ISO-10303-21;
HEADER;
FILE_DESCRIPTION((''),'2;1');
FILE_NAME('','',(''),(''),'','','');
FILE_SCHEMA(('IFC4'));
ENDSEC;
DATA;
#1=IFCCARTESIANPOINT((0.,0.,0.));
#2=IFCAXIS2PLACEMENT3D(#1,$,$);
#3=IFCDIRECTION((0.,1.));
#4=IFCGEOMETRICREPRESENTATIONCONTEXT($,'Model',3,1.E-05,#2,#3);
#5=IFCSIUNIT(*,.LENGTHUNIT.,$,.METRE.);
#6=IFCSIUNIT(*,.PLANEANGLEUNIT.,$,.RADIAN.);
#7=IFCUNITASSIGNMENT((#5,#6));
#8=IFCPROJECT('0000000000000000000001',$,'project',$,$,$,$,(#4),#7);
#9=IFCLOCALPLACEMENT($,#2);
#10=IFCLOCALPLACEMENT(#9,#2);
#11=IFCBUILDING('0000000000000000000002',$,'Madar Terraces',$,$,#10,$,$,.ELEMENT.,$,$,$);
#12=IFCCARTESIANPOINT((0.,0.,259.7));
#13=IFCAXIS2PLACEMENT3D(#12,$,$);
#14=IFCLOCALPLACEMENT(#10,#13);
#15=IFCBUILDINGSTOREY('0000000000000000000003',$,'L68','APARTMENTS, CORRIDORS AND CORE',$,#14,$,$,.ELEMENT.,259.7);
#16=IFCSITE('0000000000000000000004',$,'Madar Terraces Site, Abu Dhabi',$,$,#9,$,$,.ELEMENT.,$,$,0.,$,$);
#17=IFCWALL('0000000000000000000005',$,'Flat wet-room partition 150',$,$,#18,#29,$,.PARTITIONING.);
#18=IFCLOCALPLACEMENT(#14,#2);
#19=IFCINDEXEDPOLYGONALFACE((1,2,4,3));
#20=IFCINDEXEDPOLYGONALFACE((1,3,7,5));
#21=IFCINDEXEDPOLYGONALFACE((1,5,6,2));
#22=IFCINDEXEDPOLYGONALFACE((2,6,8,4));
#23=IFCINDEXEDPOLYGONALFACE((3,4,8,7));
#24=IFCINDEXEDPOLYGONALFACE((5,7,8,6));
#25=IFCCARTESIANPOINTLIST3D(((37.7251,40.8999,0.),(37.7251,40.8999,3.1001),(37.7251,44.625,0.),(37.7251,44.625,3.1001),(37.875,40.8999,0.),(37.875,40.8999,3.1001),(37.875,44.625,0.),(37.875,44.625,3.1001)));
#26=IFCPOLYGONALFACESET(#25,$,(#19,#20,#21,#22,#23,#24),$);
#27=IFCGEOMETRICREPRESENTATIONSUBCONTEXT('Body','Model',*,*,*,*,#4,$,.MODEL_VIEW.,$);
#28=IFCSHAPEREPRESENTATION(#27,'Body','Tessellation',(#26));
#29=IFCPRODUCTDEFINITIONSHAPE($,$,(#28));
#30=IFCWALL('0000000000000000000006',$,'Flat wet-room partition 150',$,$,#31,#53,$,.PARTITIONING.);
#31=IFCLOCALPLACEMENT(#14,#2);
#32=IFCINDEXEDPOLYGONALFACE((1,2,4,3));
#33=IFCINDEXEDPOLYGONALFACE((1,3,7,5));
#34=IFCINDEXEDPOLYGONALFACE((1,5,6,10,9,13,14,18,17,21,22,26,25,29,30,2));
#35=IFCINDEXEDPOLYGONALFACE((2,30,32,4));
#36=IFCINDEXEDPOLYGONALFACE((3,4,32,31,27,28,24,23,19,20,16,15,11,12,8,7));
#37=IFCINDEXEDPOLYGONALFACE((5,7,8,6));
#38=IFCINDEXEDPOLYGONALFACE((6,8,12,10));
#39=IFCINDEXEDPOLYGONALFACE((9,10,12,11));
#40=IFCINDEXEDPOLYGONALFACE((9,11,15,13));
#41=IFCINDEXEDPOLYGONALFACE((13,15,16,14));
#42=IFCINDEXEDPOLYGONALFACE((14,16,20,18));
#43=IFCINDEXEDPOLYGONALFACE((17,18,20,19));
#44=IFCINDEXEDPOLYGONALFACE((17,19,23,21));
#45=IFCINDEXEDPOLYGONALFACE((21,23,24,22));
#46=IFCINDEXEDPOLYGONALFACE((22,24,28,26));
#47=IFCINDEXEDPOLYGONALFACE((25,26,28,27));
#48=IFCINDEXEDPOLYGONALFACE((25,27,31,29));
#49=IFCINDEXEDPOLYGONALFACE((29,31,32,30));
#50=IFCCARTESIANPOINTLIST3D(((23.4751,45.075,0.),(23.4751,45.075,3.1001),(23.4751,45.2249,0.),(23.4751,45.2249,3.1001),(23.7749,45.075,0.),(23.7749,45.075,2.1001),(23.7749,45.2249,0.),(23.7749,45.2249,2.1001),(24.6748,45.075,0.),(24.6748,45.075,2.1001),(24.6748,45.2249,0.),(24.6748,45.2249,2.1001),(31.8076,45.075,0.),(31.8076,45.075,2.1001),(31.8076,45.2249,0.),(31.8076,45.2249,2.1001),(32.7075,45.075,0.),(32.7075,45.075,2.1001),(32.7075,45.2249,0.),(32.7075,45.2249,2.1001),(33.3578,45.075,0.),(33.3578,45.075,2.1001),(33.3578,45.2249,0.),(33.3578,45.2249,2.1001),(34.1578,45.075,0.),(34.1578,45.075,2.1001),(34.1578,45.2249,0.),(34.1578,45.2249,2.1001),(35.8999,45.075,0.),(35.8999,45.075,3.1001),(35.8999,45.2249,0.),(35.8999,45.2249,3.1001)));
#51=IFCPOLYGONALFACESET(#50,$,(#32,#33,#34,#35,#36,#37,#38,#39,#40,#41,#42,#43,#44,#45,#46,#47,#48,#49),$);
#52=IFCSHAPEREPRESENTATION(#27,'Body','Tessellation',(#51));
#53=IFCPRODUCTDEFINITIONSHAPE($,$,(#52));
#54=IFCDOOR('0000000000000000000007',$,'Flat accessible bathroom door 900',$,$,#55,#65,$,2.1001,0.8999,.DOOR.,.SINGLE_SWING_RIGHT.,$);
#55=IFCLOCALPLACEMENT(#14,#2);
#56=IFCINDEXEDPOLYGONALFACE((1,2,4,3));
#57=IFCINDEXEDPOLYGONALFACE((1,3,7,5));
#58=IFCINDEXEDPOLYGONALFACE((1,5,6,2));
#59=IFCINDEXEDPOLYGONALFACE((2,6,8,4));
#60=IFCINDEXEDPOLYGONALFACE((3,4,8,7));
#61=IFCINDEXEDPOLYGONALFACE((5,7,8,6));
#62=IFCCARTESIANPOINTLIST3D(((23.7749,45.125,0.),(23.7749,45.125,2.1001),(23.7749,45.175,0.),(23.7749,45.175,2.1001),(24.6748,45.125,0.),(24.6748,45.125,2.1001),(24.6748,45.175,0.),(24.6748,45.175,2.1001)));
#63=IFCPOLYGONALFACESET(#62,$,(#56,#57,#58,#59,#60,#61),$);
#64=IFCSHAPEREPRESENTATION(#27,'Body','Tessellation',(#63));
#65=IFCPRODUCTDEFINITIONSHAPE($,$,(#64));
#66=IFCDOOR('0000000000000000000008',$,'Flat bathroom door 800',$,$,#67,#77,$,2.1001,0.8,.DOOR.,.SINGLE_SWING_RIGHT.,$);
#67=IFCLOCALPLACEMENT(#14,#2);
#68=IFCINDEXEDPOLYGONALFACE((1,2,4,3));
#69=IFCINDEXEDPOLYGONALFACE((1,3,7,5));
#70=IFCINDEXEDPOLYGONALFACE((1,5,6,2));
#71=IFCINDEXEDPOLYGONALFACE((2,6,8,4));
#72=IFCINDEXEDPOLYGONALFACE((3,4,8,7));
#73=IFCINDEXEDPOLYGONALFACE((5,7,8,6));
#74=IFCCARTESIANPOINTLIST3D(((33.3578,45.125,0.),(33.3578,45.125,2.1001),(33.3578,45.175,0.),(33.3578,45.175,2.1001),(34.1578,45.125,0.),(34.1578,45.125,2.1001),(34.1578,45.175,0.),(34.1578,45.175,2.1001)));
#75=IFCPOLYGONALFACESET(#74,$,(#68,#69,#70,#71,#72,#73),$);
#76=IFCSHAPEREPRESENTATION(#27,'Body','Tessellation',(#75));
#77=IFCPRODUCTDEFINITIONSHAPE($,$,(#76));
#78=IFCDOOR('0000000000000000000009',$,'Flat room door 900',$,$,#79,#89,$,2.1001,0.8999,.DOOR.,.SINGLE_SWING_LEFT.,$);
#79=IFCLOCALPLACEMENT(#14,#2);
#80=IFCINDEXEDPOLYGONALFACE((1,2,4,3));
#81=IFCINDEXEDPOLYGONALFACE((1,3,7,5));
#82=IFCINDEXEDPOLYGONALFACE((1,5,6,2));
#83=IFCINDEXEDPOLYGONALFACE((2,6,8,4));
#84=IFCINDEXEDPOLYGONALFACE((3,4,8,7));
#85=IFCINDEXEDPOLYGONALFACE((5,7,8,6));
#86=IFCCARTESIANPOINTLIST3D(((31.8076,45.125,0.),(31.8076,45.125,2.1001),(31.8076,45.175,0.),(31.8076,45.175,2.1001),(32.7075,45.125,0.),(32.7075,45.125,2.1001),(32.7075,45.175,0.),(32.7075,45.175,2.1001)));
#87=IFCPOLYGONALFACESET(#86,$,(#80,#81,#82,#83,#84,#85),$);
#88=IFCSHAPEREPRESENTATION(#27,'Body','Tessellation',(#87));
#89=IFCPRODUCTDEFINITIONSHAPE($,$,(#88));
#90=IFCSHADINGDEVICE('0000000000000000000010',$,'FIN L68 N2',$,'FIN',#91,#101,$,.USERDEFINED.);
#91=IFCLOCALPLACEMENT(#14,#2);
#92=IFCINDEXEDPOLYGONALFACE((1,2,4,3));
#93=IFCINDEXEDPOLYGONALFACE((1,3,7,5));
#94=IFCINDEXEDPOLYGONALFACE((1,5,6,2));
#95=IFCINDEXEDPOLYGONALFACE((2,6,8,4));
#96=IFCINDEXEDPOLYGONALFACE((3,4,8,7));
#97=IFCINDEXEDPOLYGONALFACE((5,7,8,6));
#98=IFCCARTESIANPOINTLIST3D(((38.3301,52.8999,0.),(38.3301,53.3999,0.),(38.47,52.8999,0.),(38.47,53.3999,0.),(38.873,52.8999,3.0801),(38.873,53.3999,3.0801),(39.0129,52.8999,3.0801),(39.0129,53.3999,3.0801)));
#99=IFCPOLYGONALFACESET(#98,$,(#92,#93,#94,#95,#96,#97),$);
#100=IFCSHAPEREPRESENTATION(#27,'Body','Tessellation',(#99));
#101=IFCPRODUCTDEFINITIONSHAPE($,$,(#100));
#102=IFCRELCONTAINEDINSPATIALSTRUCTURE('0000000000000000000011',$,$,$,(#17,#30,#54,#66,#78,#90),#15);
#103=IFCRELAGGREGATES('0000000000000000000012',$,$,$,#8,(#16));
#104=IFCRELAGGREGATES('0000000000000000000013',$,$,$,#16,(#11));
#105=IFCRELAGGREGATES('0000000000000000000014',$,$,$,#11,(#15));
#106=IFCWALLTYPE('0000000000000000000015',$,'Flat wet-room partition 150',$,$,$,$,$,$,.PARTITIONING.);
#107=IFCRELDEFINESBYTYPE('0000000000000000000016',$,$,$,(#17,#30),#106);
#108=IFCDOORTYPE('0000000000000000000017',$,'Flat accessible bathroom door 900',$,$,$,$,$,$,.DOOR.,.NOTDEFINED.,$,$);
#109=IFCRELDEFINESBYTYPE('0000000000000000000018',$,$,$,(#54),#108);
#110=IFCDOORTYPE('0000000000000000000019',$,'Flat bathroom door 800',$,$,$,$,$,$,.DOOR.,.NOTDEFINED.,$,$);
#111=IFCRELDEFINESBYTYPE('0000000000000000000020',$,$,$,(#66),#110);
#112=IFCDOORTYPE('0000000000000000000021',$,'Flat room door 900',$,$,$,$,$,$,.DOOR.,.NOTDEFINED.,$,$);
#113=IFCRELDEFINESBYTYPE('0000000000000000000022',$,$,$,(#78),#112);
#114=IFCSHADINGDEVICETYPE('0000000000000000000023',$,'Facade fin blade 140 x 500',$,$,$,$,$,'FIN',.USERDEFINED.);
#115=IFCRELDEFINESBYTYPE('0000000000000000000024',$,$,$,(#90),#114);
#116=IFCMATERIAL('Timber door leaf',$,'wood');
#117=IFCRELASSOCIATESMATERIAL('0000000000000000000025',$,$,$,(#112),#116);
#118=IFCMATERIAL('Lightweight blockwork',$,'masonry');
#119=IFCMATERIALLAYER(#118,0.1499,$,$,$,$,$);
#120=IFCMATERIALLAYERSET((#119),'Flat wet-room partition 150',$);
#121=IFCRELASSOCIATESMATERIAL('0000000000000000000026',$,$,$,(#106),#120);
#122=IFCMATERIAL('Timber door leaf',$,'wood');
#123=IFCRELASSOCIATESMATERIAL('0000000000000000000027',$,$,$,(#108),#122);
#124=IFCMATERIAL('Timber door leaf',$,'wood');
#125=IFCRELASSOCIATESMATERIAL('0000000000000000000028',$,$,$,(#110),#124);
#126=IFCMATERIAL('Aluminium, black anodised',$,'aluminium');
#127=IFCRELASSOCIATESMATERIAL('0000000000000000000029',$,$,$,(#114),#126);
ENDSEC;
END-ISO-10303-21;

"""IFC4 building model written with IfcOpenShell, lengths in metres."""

from ifc_helpers import new_model, si_unit, direction, frame, frame_2d, origin, place, context, subcontext, project, spatial, polyline, rectangle, outline, extrude, material, layer, layer_set, type_object, element, fill, save


model = new_model("IFC4")

# Units and contexts
model_context = context("Model", 3, precision=1e-05, world=origin(), true_north=direction((0.0, 1.0)))
body_context = subcontext(model_context, "Body", "Model", "MODEL_VIEW")
ifc_project = project(units=[si_unit("LENGTHUNIT", "METRE"), si_unit("PLANEANGLEUNIT", "RADIAN")], contexts=[model_context])

# Site, building, storey
site_placement = place(None, origin())
site = spatial("IfcSite", under=ifc_project, at=site_placement, Name="Madar Terraces Site, Abu Dhabi", CompositionType="ELEMENT", RefElevation=0.0)
building_placement = place(site_placement, origin())
building = spatial("IfcBuilding", under=site, at=building_placement, Name="Madar Terraces", CompositionType="ELEMENT")
storey_placement = place(building_placement, frame((0.0, 0.0, 259.7)))
storey = spatial("IfcBuildingStorey", under=building, at=storey_placement, Name="L68", Description="APARTMENTS, CORRIDORS AND CORE", CompositionType="ELEMENT", Elevation=259.7)

# Shared definitions
ifc_material_1 = material(Name="Timber door leaf", Category="wood")
door_type_1 = type_object("IfcDoorType", Name="Flat room door 900", OperationType="NOTDEFINED", PredefinedType="DOOR", material=ifc_material_1)

# Wall
ifc_material_2 = material(Name="Lightweight blockwork", Category="masonry")
ifc_layer_1 = layer(ifc_material_2, 0.1499)
ifc_layer_set_1 = layer_set([ifc_layer_1], Name="Flat wet-room partition 150")
wall_type_1 = type_object("IfcWallType", Name="Flat wet-room partition 150", PredefinedType="PARTITIONING", material=ifc_layer_set_1)
wall_1_placement = place(storey_placement, frame((37.8, 40.8999, 0.0), z_axis=(0.0, 0.0, 1.0), x_axis=(0.0, 1.0, 0.0)))
element("IfcWall", 1, at=wall_1_placement, inside=storey, type_object=wall_type_1, Name="Flat wet-room partition 150", PredefinedType="PARTITIONING", context=body_context, shape_type="SweptSolid", body=[
    extrude(rectangle(XDim=3.7251, YDim=0.1499, at=frame_2d((1.8625, 0.0))), origin(), (0.0, 0.0, 1.0), 3.1001),
])

# Wall, openings, doors
wall_2_placement = place(storey_placement, frame((35.8999, 45.1499, 0.0), z_axis=(0.0, 0.0, 1.0), x_axis=(-1.0, 0.0, 0.0)))
wall_2 = element("IfcWall", 2, at=wall_2_placement, inside=storey, type_object=wall_type_1, Name="Flat wet-room partition 150", PredefinedType="PARTITIONING", context=body_context, shape_type="SweptSolid", body=[
    extrude(rectangle(XDim=12.4248, YDim=0.1499, at=frame_2d((6.2124, 0.0))), origin(), (0.0, 0.0, 1.0), 3.1001),
])
opening_1_placement = place(wall_2_placement, frame((11.2251, 0.0, 0.0)))
opening_1 = element("IfcOpeningElement", 3, at=opening_1_placement, cuts=wall_2, PredefinedType="OPENING", context=body_context, shape_type="SweptSolid", body=[
    extrude(rectangle(XDim=0.8999, YDim=2.1001, at=frame_2d((0.45, 1.05))), frame((0.0, 0.085, 0.0), z_axis=(0.0, -1.0, 0.0), x_axis=(1.0, 0.0, 0.0)), (0.0, 0.0, 1.0), 0.1699),
])
opening_2_placement = place(wall_2_placement, frame((3.1924, 0.0, 0.0)))
opening_2 = element("IfcOpeningElement", 4, at=opening_2_placement, cuts=wall_2, PredefinedType="OPENING", context=body_context, shape_type="SweptSolid", body=[
    extrude(rectangle(XDim=0.8999, YDim=2.1001, at=frame_2d((0.45, 1.05))), frame((0.0, 0.085, 0.0), z_axis=(0.0, -1.0, 0.0), x_axis=(1.0, 0.0, 0.0)), (0.0, 0.0, 1.0), 0.1699),
])
opening_3_placement = place(wall_2_placement, frame((1.7422, 0.0, 0.0)))
opening_3 = element("IfcOpeningElement", 5, at=opening_3_placement, cuts=wall_2, PredefinedType="OPENING", context=body_context, shape_type="SweptSolid", body=[
    extrude(rectangle(XDim=0.8, YDim=2.1001, at=frame_2d((0.3999, 1.05))), frame((0.0, 0.085, 0.0), z_axis=(0.0, -1.0, 0.0), x_axis=(1.0, 0.0, 0.0)), (0.0, 0.0, 1.0), 0.1699),
])
ifc_material_3 = material(Name="Timber door leaf", Category="wood")
door_type_2 = type_object("IfcDoorType", Name="Flat accessible bathroom door 900", OperationType="NOTDEFINED", PredefinedType="DOOR", material=ifc_material_3)
door_1_placement = place(opening_1_placement, origin())
door_1 = element("IfcDoor", 6, at=door_1_placement, inside=storey, type_object=door_type_2, Name="Flat accessible bathroom door 900", OperationType="SINGLE_SWING_RIGHT", OverallHeight=2.1001, OverallWidth=0.8999, PredefinedType="DOOR", context=body_context, shape_type="SweptSolid", body=[
    extrude(rectangle(XDim=0.8999, YDim=2.1001, at=frame_2d((0.45, 1.05))), frame((0.0, 0.0249, 0.0), z_axis=(0.0, -1.0, 0.0), x_axis=(1.0, 0.0, 0.0)), (0.0, 0.0, 1.0), 0.05),
])
fill(opening_1, door_1)
ifc_material_4 = material(Name="Timber door leaf", Category="wood")
door_type_3 = type_object("IfcDoorType", Name="Flat bathroom door 800", OperationType="NOTDEFINED", PredefinedType="DOOR", material=ifc_material_4)
door_2_placement = place(opening_3_placement, origin())
door_2 = element("IfcDoor", 7, at=door_2_placement, inside=storey, type_object=door_type_3, Name="Flat bathroom door 800", OperationType="SINGLE_SWING_RIGHT", OverallHeight=2.1001, OverallWidth=0.8, PredefinedType="DOOR", context=body_context, shape_type="SweptSolid", body=[
    extrude(rectangle(XDim=0.8, YDim=2.1001, at=frame_2d((0.3999, 1.05))), frame((0.0, 0.0249, 0.0), z_axis=(0.0, -1.0, 0.0), x_axis=(1.0, 0.0, 0.0)), (0.0, 0.0, 1.0), 0.05),
])
fill(opening_3, door_2)
door_3_placement = place(opening_2_placement, origin())
door_3 = element("IfcDoor", 8, at=door_3_placement, inside=storey, type_object=door_type_1, Name="Flat room door 900", OperationType="SINGLE_SWING_LEFT", OverallHeight=2.1001, OverallWidth=0.8999, PredefinedType="DOOR", context=body_context, shape_type="SweptSolid", body=[
    extrude(rectangle(XDim=0.8999, YDim=2.1001, at=frame_2d((0.45, 1.05))), frame((0.0, 0.0249, 0.0), z_axis=(0.0, -1.0, 0.0), x_axis=(1.0, 0.0, 0.0)), (0.0, 0.0, 1.0), 0.05),
])
fill(opening_2, door_3)

# Shading device
ifc_material_5 = material(Name="Aluminium, black anodised", Category="aluminium")
shading_device_type = type_object("IfcShadingDeviceType", Name="Facade fin blade 140 x 500", ElementType="FIN", PredefinedType="USERDEFINED", material=ifc_material_5)
shading_device_placement = place(storey_placement, frame((38.47, 53.1499, 0.0), z_axis=(0.0, 0.0, 1.0), x_axis=(-1.0, 0.0, 0.0)))
element("IfcShadingDevice", 9, at=shading_device_placement, inside=storey, type_object=shading_device_type, Name="FIN L68 N2", ObjectType="FIN", PredefinedType="USERDEFINED", context=body_context, shape_type="SweptSolid", body=[
    extrude(outline(polyline([(0.0, 0.0), (0.1399, 0.0), (-0.4031, 3.0801), (-0.543, 3.0801), (0.0, 0.0)])), frame((0.0, 0.25, 0.0), z_axis=(0.0, -1.0, 0.0), x_axis=(1.0, 0.0, 0.0)), (0.0, 0.0, 1.0), 0.5),
])

save(model, "model.ifc")
